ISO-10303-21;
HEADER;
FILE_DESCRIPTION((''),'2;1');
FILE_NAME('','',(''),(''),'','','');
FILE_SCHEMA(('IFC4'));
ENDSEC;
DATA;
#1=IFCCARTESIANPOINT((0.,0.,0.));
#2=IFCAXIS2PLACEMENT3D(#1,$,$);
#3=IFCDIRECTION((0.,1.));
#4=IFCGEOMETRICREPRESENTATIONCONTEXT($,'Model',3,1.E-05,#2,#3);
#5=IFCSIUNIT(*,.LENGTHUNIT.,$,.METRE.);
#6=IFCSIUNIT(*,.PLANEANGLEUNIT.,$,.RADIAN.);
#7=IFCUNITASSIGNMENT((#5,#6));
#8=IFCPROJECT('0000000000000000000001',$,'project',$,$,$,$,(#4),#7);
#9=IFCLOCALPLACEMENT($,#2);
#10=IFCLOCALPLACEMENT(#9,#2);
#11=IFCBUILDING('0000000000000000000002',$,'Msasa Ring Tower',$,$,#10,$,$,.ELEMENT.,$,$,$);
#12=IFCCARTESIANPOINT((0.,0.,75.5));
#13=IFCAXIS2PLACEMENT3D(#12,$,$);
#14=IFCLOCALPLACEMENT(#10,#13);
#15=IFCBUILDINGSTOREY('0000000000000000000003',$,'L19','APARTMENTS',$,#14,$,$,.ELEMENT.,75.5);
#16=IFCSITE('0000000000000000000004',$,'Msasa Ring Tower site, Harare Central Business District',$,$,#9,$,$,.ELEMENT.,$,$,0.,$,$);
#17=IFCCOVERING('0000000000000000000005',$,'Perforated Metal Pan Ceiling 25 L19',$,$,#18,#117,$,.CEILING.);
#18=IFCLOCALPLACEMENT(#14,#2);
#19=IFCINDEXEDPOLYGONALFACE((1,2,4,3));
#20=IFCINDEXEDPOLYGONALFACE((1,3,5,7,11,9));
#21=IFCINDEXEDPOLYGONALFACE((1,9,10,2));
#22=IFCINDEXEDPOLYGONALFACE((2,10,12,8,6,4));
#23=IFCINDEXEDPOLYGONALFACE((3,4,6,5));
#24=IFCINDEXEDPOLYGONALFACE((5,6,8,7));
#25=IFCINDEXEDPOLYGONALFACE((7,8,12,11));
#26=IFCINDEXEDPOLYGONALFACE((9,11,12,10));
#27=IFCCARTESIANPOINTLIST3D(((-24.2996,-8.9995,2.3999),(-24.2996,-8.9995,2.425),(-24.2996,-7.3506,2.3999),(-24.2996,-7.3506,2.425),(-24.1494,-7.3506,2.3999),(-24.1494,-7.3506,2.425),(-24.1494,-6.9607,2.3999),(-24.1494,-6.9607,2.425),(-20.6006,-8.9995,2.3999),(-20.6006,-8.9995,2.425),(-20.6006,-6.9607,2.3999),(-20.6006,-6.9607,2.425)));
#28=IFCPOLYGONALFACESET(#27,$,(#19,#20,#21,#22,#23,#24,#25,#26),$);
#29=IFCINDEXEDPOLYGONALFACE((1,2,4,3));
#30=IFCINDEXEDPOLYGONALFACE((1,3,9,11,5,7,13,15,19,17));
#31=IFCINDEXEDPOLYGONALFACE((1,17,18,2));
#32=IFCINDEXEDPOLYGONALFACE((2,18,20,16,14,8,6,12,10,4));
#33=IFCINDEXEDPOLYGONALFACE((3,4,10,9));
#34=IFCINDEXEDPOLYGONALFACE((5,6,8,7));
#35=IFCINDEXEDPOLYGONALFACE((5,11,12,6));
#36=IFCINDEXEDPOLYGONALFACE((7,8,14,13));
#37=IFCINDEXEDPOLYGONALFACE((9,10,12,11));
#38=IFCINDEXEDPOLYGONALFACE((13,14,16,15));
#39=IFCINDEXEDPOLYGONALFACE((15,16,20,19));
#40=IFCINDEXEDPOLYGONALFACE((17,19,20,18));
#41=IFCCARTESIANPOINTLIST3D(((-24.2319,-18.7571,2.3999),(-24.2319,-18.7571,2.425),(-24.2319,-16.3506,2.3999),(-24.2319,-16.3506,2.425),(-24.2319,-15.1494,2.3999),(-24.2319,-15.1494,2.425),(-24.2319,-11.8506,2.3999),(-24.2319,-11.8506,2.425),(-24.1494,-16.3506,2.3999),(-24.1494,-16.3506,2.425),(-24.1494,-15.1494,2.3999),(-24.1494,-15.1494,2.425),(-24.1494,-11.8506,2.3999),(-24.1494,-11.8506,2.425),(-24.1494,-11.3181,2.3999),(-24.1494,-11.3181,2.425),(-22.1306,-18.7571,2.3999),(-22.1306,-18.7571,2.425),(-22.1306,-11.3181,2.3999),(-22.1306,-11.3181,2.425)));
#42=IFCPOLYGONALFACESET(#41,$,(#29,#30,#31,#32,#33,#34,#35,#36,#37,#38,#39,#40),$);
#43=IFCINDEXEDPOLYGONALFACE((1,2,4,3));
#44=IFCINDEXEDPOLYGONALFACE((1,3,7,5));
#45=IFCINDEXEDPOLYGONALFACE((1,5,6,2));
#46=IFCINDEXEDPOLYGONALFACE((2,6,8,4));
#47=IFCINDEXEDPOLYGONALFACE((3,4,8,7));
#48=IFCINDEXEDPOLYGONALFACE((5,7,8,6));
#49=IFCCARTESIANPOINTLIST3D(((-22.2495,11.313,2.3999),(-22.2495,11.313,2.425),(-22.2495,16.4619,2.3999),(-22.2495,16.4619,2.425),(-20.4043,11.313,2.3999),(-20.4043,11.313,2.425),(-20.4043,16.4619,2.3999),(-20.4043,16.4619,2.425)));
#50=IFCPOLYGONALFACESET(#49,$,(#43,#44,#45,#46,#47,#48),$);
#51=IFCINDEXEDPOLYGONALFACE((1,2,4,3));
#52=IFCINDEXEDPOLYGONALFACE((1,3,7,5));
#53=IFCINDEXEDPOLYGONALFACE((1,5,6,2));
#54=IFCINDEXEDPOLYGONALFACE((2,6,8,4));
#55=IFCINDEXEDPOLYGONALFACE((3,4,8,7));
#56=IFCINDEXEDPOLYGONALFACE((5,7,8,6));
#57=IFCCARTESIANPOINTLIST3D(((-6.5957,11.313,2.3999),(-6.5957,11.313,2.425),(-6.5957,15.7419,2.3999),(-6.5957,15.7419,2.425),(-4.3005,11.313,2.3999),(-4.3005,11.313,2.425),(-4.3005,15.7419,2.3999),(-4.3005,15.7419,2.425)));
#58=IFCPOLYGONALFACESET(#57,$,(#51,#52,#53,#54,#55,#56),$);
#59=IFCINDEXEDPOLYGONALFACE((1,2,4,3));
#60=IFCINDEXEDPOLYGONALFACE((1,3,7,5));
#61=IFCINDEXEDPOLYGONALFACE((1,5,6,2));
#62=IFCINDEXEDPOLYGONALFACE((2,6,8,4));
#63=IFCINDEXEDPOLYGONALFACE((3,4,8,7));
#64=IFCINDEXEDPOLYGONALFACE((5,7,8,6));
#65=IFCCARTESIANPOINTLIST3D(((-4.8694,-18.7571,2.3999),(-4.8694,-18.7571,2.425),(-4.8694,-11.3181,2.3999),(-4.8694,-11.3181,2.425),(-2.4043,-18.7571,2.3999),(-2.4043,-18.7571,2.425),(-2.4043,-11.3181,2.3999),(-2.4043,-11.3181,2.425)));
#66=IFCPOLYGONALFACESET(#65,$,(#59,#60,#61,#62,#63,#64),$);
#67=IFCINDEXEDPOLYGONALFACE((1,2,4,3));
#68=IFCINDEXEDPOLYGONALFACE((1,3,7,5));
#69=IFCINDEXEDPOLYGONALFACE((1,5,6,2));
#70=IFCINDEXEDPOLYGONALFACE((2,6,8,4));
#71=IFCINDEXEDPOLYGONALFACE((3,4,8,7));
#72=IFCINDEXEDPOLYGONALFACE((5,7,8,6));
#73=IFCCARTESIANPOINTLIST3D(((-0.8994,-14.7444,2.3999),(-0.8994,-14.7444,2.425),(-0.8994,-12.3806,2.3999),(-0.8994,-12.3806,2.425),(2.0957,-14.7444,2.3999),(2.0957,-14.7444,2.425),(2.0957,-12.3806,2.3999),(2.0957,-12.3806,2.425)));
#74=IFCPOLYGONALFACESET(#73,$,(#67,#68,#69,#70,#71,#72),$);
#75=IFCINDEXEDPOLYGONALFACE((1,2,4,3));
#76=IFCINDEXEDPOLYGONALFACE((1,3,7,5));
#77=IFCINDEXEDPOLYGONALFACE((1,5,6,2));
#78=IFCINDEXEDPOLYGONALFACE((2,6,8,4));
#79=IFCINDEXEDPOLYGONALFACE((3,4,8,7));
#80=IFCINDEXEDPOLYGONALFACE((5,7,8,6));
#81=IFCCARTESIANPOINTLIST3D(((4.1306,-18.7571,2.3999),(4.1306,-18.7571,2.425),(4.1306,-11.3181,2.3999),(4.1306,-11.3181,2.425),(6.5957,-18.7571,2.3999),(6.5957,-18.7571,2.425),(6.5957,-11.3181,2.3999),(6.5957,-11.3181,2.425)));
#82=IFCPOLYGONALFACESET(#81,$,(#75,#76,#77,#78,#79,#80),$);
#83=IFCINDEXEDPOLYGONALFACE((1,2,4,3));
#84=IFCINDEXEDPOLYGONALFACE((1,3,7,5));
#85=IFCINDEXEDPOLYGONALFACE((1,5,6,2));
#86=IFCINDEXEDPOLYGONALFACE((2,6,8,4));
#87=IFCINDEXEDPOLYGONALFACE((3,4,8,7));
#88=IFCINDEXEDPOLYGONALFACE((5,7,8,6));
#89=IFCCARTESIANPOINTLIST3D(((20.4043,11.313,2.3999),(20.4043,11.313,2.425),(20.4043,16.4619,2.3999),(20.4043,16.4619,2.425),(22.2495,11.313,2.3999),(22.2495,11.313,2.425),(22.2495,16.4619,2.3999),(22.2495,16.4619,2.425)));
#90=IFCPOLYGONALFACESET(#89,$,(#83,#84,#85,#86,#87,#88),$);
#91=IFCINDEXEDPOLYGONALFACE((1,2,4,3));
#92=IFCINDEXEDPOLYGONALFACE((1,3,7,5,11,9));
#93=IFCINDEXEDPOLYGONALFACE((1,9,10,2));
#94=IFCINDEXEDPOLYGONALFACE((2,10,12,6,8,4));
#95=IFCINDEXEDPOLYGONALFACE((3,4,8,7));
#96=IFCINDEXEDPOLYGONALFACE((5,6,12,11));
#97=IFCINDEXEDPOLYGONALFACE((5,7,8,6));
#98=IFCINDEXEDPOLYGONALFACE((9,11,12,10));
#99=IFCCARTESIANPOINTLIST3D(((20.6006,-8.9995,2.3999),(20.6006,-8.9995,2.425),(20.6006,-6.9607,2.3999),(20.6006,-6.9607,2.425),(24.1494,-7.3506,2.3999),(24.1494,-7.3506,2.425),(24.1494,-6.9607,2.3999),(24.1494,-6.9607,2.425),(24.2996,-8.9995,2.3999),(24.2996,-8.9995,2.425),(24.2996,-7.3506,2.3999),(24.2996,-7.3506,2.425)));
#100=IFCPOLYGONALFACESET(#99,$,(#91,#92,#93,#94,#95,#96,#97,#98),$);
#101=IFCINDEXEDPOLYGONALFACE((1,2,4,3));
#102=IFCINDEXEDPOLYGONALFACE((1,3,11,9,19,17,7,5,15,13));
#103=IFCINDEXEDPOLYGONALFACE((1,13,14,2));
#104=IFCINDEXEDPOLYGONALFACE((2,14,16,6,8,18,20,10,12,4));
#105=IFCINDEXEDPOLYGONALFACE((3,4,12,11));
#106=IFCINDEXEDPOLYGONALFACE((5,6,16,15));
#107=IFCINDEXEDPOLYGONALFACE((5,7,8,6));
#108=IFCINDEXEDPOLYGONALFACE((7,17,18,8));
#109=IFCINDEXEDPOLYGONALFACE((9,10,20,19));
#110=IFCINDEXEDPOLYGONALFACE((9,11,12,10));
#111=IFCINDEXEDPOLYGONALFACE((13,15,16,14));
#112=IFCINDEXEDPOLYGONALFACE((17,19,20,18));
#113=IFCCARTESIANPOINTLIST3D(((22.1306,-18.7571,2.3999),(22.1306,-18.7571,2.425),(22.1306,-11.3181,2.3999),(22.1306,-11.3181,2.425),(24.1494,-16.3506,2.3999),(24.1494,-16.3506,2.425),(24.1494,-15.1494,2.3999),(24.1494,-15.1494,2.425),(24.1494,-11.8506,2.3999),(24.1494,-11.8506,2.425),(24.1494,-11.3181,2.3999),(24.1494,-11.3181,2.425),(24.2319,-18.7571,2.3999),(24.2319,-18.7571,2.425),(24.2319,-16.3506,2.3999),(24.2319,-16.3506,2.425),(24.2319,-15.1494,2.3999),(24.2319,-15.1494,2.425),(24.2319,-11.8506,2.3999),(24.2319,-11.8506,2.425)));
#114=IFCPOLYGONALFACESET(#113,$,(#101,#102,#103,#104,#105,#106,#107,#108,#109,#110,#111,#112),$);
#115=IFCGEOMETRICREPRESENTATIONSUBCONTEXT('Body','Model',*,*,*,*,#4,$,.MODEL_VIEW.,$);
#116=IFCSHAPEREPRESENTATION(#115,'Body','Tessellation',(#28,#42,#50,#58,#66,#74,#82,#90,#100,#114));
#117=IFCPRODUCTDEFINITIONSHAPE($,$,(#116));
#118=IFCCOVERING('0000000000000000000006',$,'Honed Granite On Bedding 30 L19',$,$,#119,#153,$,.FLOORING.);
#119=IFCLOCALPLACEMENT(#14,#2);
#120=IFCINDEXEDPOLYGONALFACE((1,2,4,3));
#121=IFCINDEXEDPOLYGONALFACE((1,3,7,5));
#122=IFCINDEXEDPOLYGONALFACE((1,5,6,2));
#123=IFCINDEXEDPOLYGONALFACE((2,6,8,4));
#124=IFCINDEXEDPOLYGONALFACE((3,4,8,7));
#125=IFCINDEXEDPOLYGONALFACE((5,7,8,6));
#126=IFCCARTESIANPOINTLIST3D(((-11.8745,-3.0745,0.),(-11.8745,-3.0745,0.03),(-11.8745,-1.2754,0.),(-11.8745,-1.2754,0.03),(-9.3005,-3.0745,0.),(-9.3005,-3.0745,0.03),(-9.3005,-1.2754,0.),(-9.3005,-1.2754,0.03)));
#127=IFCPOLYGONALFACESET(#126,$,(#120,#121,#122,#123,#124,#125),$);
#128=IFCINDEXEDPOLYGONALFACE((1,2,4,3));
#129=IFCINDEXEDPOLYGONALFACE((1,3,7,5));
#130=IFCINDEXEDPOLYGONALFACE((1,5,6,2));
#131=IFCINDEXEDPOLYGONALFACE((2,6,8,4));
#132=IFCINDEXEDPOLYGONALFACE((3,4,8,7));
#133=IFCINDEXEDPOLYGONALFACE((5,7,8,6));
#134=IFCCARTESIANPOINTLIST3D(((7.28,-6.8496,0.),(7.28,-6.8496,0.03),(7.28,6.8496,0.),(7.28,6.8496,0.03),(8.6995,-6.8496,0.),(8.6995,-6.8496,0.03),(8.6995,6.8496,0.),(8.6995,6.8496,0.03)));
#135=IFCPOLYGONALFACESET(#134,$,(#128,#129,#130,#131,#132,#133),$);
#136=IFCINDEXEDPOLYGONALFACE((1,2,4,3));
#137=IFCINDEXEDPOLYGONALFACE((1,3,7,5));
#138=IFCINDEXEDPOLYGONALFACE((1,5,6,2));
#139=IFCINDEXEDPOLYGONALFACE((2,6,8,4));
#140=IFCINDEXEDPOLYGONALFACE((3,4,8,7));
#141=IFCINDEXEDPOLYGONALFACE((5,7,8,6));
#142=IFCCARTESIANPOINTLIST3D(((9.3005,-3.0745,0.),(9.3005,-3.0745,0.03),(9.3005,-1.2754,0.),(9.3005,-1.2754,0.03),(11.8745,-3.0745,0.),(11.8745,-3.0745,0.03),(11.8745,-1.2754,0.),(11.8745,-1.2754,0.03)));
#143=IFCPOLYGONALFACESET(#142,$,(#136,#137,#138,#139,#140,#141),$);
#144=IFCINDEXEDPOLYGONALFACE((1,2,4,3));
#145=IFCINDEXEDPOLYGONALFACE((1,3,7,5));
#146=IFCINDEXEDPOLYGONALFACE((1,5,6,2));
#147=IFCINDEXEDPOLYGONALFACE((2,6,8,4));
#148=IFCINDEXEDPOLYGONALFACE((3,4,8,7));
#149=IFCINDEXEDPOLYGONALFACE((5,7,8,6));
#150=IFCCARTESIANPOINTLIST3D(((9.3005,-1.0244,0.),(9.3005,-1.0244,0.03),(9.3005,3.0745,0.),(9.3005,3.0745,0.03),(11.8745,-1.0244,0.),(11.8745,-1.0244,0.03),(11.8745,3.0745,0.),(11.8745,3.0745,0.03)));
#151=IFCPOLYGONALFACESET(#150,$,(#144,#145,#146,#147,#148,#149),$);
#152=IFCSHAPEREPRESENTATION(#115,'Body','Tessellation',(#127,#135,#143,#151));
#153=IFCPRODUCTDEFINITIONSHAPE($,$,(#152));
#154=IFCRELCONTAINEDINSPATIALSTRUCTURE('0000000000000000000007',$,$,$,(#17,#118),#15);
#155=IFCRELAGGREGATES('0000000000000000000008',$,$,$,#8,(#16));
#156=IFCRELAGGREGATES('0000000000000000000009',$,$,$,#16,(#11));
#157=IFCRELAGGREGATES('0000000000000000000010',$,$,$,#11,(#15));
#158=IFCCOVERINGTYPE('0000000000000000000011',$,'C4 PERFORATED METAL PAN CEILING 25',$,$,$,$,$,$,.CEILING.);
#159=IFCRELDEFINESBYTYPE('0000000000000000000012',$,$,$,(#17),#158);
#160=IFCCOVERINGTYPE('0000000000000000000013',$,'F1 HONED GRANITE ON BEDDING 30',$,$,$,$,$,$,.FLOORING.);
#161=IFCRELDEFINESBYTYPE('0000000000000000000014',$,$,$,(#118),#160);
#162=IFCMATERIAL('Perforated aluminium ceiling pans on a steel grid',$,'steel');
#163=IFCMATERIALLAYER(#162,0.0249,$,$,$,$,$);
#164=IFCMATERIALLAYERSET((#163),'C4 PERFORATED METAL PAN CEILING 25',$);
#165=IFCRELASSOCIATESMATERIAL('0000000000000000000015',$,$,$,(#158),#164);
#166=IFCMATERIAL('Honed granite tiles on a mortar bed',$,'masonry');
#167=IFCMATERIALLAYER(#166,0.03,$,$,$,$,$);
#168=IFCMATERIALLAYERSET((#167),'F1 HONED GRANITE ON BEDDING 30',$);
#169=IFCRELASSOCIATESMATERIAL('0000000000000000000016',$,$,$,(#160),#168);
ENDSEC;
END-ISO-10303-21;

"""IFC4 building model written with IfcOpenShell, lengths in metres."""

from ifc_helpers import new_model, si_unit, direction, frame, origin, place, context, subcontext, project, spatial, line, indexed_curve, outline, extrude, material, layer, layer_set, type_object, element, save


model = new_model("IFC4")

# Units and contexts
model_context = context("Model", 3, precision=1e-05, world=origin(), true_north=direction((0.0, 1.0)))
body_context = subcontext(model_context, "Body", "Model", "MODEL_VIEW")
ifc_project = project(units=[si_unit("LENGTHUNIT", "METRE"), si_unit("PLANEANGLEUNIT", "RADIAN")], contexts=[model_context])

# Site, building, storey
site_placement = place(None, origin())
site = spatial("IfcSite", under=ifc_project, at=site_placement, Name="Msasa Ring Tower site, Harare Central Business District", CompositionType="ELEMENT", RefElevation=0.0)
building_placement = place(site_placement, origin())
building = spatial("IfcBuilding", under=site, at=building_placement, Name="Msasa Ring Tower", CompositionType="ELEMENT")
storey_placement = place(building_placement, frame((0.0, 0.0, 75.5)))
storey = spatial("IfcBuildingStorey", under=building, at=storey_placement, Name="L19", Description="APARTMENTS", CompositionType="ELEMENT", Elevation=75.5)

# Coverings
ifc_material_1 = material(Name="Perforated aluminium ceiling pans on a steel grid", Category="steel")
ifc_layer_1 = layer(ifc_material_1, 0.0249)
ifc_layer_set_1 = layer_set([ifc_layer_1], Name="C4 PERFORATED METAL PAN CEILING 25")
covering_type_1 = type_object("IfcCoveringType", Name="C4 PERFORATED METAL PAN CEILING 25", PredefinedType="CEILING", material=ifc_layer_set_1)
covering_1_placement = place(storey_placement, frame((0.0, 0.0, 2.3999)))
element("IfcCovering", 1, at=covering_1_placement, inside=storey, type_object=covering_type_1, Name="Perforated Metal Pan Ceiling 25 L19", PredefinedType="CEILING", context=body_context, shape_type="SweptSolid", body=[
    extrude(outline(indexed_curve([(-20.6006, -8.9995), (-24.2996, -8.9995), (-24.2996, -7.3506), (-24.1494, -7.3506), (-24.1494, -6.9607), (-20.6006, -6.9607)], segments=[line(1, 2, 3, 4, 5, 6, 1)], self_intersect=False)), origin(), (0.0, 0.0, 1.0), 0.0251),
    extrude(outline(indexed_curve([(-24.2319, -18.7571), (-24.2319, -16.3506), (-24.1494, -16.3506), (-24.1494, -15.1494), (-24.2319, -15.1494), (-24.2319, -11.8506), (-24.1494, -11.8506), (-24.1494, -11.3181), (-22.1306, -11.3181), (-22.1306, -18.7571)], segments=[line(1, 2, 3, 4, 5, 6, 7, 8, 9, 10, 1)], self_intersect=False)), origin(), (0.0, 0.0, 1.0), 0.0251),
    extrude(outline(indexed_curve([(-22.2495, 16.4619), (-20.4043, 16.4619), (-20.4043, 11.313), (-22.2495, 11.313)], segments=[line(1, 2, 3, 4, 1)], self_intersect=False)), origin(), (0.0, 0.0, 1.0), 0.0251),
    extrude(outline(indexed_curve([(-6.5957, 11.313), (-6.5957, 15.7419), (-4.3005, 15.7419), (-4.3005, 11.313)], segments=[line(1, 2, 3, 4, 1)], self_intersect=False)), origin(), (0.0, 0.0, 1.0), 0.0251),
    extrude(outline(indexed_curve([(-4.8694, -18.7571), (-4.8694, -11.3181), (-2.4043, -11.3181), (-2.4043, -18.7571)], segments=[line(1, 2, 3, 4, 1)], self_intersect=False)), origin(), (0.0, 0.0, 1.0), 0.0251),
    extrude(outline(indexed_curve([(-0.8994, -12.3806), (2.0957, -12.3806), (2.0957, -14.7444), (-0.8994, -14.7444)], segments=[line(1, 2, 3, 4, 1)], self_intersect=False)), origin(), (0.0, 0.0, 1.0), 0.0251),
    extrude(outline(indexed_curve([(4.1306, -18.7571), (4.1306, -11.3181), (6.5957, -11.3181), (6.5957, -18.7571)], segments=[line(1, 2, 3, 4, 1)], self_intersect=False)), origin(), (0.0, 0.0, 1.0), 0.0251),
    extrude(outline(indexed_curve([(22.2495, 16.4619), (22.2495, 11.313), (20.4043, 11.313), (20.4043, 16.4619)], segments=[line(1, 2, 3, 4, 1)], self_intersect=False)), origin(), (0.0, 0.0, 1.0), 0.0251),
    extrude(outline(indexed_curve([(24.2996, -8.9995), (20.6006, -8.9995), (20.6006, -6.9607), (24.1494, -6.9607), (24.1494, -7.3506), (24.2996, -7.3506)], segments=[line(1, 2, 3, 4, 5, 6, 1)], self_intersect=False)), origin(), (0.0, 0.0, 1.0), 0.0251),
    extrude(outline(indexed_curve([(22.1306, -11.3181), (24.1494, -11.3181), (24.1494, -11.8506), (24.2319, -11.8506), (24.2319, -15.1494), (24.1494, -15.1494), (24.1494, -16.3506), (24.2319, -16.3506), (24.2319, -18.7571), (22.1306, -18.7571)], segments=[line(1, 2, 3, 4, 5, 6, 7, 8, 9, 10, 1)], self_intersect=False)), origin(), (0.0, 0.0, 1.0), 0.0251),
])
ifc_material_2 = material(Name="Honed granite tiles on a mortar bed", Category="masonry")
ifc_layer_2 = layer(ifc_material_2, 0.03)
ifc_layer_set_2 = layer_set([ifc_layer_2], Name="F1 HONED GRANITE ON BEDDING 30")
covering_type_2 = type_object("IfcCoveringType", Name="F1 HONED GRANITE ON BEDDING 30", PredefinedType="FLOORING", material=ifc_layer_set_2)
covering_2_placement = place(storey_placement, origin())
element("IfcCovering", 2, at=covering_2_placement, inside=storey, type_object=covering_type_2, Name="Honed Granite On Bedding 30 L19", PredefinedType="FLOORING", context=body_context, shape_type="SweptSolid", body=[
    extrude(outline(indexed_curve([(-11.8745, -3.0745), (-11.8745, -1.2754), (-9.3005, -1.2754), (-9.3005, -3.0745)], segments=[line(1, 2, 3, 4, 1)], self_intersect=False)), origin(), (0.0, 0.0, 1.0), 0.03),
    extrude(outline(indexed_curve([(7.28, -6.8496), (7.28, 6.8496), (8.6995, 6.8496), (8.6995, -6.8496)], segments=[line(1, 2, 3, 4, 1)], self_intersect=False)), origin(), (0.0, 0.0, 1.0), 0.03),
    extrude(outline(indexed_curve([(9.3005, -3.0745), (9.3005, -1.2754), (11.8745, -1.2754), (11.8745, -3.0745)], segments=[line(1, 2, 3, 4, 1)], self_intersect=False)), origin(), (0.0, 0.0, 1.0), 0.03),
    extrude(outline(indexed_curve([(9.3005, -1.0244), (9.3005, 3.0745), (11.8745, 3.0745), (11.8745, -1.0244)], segments=[line(1, 2, 3, 4, 1)], self_intersect=False)), origin(), (0.0, 0.0, 1.0), 0.03),
])

save(model, "model.ifc")
